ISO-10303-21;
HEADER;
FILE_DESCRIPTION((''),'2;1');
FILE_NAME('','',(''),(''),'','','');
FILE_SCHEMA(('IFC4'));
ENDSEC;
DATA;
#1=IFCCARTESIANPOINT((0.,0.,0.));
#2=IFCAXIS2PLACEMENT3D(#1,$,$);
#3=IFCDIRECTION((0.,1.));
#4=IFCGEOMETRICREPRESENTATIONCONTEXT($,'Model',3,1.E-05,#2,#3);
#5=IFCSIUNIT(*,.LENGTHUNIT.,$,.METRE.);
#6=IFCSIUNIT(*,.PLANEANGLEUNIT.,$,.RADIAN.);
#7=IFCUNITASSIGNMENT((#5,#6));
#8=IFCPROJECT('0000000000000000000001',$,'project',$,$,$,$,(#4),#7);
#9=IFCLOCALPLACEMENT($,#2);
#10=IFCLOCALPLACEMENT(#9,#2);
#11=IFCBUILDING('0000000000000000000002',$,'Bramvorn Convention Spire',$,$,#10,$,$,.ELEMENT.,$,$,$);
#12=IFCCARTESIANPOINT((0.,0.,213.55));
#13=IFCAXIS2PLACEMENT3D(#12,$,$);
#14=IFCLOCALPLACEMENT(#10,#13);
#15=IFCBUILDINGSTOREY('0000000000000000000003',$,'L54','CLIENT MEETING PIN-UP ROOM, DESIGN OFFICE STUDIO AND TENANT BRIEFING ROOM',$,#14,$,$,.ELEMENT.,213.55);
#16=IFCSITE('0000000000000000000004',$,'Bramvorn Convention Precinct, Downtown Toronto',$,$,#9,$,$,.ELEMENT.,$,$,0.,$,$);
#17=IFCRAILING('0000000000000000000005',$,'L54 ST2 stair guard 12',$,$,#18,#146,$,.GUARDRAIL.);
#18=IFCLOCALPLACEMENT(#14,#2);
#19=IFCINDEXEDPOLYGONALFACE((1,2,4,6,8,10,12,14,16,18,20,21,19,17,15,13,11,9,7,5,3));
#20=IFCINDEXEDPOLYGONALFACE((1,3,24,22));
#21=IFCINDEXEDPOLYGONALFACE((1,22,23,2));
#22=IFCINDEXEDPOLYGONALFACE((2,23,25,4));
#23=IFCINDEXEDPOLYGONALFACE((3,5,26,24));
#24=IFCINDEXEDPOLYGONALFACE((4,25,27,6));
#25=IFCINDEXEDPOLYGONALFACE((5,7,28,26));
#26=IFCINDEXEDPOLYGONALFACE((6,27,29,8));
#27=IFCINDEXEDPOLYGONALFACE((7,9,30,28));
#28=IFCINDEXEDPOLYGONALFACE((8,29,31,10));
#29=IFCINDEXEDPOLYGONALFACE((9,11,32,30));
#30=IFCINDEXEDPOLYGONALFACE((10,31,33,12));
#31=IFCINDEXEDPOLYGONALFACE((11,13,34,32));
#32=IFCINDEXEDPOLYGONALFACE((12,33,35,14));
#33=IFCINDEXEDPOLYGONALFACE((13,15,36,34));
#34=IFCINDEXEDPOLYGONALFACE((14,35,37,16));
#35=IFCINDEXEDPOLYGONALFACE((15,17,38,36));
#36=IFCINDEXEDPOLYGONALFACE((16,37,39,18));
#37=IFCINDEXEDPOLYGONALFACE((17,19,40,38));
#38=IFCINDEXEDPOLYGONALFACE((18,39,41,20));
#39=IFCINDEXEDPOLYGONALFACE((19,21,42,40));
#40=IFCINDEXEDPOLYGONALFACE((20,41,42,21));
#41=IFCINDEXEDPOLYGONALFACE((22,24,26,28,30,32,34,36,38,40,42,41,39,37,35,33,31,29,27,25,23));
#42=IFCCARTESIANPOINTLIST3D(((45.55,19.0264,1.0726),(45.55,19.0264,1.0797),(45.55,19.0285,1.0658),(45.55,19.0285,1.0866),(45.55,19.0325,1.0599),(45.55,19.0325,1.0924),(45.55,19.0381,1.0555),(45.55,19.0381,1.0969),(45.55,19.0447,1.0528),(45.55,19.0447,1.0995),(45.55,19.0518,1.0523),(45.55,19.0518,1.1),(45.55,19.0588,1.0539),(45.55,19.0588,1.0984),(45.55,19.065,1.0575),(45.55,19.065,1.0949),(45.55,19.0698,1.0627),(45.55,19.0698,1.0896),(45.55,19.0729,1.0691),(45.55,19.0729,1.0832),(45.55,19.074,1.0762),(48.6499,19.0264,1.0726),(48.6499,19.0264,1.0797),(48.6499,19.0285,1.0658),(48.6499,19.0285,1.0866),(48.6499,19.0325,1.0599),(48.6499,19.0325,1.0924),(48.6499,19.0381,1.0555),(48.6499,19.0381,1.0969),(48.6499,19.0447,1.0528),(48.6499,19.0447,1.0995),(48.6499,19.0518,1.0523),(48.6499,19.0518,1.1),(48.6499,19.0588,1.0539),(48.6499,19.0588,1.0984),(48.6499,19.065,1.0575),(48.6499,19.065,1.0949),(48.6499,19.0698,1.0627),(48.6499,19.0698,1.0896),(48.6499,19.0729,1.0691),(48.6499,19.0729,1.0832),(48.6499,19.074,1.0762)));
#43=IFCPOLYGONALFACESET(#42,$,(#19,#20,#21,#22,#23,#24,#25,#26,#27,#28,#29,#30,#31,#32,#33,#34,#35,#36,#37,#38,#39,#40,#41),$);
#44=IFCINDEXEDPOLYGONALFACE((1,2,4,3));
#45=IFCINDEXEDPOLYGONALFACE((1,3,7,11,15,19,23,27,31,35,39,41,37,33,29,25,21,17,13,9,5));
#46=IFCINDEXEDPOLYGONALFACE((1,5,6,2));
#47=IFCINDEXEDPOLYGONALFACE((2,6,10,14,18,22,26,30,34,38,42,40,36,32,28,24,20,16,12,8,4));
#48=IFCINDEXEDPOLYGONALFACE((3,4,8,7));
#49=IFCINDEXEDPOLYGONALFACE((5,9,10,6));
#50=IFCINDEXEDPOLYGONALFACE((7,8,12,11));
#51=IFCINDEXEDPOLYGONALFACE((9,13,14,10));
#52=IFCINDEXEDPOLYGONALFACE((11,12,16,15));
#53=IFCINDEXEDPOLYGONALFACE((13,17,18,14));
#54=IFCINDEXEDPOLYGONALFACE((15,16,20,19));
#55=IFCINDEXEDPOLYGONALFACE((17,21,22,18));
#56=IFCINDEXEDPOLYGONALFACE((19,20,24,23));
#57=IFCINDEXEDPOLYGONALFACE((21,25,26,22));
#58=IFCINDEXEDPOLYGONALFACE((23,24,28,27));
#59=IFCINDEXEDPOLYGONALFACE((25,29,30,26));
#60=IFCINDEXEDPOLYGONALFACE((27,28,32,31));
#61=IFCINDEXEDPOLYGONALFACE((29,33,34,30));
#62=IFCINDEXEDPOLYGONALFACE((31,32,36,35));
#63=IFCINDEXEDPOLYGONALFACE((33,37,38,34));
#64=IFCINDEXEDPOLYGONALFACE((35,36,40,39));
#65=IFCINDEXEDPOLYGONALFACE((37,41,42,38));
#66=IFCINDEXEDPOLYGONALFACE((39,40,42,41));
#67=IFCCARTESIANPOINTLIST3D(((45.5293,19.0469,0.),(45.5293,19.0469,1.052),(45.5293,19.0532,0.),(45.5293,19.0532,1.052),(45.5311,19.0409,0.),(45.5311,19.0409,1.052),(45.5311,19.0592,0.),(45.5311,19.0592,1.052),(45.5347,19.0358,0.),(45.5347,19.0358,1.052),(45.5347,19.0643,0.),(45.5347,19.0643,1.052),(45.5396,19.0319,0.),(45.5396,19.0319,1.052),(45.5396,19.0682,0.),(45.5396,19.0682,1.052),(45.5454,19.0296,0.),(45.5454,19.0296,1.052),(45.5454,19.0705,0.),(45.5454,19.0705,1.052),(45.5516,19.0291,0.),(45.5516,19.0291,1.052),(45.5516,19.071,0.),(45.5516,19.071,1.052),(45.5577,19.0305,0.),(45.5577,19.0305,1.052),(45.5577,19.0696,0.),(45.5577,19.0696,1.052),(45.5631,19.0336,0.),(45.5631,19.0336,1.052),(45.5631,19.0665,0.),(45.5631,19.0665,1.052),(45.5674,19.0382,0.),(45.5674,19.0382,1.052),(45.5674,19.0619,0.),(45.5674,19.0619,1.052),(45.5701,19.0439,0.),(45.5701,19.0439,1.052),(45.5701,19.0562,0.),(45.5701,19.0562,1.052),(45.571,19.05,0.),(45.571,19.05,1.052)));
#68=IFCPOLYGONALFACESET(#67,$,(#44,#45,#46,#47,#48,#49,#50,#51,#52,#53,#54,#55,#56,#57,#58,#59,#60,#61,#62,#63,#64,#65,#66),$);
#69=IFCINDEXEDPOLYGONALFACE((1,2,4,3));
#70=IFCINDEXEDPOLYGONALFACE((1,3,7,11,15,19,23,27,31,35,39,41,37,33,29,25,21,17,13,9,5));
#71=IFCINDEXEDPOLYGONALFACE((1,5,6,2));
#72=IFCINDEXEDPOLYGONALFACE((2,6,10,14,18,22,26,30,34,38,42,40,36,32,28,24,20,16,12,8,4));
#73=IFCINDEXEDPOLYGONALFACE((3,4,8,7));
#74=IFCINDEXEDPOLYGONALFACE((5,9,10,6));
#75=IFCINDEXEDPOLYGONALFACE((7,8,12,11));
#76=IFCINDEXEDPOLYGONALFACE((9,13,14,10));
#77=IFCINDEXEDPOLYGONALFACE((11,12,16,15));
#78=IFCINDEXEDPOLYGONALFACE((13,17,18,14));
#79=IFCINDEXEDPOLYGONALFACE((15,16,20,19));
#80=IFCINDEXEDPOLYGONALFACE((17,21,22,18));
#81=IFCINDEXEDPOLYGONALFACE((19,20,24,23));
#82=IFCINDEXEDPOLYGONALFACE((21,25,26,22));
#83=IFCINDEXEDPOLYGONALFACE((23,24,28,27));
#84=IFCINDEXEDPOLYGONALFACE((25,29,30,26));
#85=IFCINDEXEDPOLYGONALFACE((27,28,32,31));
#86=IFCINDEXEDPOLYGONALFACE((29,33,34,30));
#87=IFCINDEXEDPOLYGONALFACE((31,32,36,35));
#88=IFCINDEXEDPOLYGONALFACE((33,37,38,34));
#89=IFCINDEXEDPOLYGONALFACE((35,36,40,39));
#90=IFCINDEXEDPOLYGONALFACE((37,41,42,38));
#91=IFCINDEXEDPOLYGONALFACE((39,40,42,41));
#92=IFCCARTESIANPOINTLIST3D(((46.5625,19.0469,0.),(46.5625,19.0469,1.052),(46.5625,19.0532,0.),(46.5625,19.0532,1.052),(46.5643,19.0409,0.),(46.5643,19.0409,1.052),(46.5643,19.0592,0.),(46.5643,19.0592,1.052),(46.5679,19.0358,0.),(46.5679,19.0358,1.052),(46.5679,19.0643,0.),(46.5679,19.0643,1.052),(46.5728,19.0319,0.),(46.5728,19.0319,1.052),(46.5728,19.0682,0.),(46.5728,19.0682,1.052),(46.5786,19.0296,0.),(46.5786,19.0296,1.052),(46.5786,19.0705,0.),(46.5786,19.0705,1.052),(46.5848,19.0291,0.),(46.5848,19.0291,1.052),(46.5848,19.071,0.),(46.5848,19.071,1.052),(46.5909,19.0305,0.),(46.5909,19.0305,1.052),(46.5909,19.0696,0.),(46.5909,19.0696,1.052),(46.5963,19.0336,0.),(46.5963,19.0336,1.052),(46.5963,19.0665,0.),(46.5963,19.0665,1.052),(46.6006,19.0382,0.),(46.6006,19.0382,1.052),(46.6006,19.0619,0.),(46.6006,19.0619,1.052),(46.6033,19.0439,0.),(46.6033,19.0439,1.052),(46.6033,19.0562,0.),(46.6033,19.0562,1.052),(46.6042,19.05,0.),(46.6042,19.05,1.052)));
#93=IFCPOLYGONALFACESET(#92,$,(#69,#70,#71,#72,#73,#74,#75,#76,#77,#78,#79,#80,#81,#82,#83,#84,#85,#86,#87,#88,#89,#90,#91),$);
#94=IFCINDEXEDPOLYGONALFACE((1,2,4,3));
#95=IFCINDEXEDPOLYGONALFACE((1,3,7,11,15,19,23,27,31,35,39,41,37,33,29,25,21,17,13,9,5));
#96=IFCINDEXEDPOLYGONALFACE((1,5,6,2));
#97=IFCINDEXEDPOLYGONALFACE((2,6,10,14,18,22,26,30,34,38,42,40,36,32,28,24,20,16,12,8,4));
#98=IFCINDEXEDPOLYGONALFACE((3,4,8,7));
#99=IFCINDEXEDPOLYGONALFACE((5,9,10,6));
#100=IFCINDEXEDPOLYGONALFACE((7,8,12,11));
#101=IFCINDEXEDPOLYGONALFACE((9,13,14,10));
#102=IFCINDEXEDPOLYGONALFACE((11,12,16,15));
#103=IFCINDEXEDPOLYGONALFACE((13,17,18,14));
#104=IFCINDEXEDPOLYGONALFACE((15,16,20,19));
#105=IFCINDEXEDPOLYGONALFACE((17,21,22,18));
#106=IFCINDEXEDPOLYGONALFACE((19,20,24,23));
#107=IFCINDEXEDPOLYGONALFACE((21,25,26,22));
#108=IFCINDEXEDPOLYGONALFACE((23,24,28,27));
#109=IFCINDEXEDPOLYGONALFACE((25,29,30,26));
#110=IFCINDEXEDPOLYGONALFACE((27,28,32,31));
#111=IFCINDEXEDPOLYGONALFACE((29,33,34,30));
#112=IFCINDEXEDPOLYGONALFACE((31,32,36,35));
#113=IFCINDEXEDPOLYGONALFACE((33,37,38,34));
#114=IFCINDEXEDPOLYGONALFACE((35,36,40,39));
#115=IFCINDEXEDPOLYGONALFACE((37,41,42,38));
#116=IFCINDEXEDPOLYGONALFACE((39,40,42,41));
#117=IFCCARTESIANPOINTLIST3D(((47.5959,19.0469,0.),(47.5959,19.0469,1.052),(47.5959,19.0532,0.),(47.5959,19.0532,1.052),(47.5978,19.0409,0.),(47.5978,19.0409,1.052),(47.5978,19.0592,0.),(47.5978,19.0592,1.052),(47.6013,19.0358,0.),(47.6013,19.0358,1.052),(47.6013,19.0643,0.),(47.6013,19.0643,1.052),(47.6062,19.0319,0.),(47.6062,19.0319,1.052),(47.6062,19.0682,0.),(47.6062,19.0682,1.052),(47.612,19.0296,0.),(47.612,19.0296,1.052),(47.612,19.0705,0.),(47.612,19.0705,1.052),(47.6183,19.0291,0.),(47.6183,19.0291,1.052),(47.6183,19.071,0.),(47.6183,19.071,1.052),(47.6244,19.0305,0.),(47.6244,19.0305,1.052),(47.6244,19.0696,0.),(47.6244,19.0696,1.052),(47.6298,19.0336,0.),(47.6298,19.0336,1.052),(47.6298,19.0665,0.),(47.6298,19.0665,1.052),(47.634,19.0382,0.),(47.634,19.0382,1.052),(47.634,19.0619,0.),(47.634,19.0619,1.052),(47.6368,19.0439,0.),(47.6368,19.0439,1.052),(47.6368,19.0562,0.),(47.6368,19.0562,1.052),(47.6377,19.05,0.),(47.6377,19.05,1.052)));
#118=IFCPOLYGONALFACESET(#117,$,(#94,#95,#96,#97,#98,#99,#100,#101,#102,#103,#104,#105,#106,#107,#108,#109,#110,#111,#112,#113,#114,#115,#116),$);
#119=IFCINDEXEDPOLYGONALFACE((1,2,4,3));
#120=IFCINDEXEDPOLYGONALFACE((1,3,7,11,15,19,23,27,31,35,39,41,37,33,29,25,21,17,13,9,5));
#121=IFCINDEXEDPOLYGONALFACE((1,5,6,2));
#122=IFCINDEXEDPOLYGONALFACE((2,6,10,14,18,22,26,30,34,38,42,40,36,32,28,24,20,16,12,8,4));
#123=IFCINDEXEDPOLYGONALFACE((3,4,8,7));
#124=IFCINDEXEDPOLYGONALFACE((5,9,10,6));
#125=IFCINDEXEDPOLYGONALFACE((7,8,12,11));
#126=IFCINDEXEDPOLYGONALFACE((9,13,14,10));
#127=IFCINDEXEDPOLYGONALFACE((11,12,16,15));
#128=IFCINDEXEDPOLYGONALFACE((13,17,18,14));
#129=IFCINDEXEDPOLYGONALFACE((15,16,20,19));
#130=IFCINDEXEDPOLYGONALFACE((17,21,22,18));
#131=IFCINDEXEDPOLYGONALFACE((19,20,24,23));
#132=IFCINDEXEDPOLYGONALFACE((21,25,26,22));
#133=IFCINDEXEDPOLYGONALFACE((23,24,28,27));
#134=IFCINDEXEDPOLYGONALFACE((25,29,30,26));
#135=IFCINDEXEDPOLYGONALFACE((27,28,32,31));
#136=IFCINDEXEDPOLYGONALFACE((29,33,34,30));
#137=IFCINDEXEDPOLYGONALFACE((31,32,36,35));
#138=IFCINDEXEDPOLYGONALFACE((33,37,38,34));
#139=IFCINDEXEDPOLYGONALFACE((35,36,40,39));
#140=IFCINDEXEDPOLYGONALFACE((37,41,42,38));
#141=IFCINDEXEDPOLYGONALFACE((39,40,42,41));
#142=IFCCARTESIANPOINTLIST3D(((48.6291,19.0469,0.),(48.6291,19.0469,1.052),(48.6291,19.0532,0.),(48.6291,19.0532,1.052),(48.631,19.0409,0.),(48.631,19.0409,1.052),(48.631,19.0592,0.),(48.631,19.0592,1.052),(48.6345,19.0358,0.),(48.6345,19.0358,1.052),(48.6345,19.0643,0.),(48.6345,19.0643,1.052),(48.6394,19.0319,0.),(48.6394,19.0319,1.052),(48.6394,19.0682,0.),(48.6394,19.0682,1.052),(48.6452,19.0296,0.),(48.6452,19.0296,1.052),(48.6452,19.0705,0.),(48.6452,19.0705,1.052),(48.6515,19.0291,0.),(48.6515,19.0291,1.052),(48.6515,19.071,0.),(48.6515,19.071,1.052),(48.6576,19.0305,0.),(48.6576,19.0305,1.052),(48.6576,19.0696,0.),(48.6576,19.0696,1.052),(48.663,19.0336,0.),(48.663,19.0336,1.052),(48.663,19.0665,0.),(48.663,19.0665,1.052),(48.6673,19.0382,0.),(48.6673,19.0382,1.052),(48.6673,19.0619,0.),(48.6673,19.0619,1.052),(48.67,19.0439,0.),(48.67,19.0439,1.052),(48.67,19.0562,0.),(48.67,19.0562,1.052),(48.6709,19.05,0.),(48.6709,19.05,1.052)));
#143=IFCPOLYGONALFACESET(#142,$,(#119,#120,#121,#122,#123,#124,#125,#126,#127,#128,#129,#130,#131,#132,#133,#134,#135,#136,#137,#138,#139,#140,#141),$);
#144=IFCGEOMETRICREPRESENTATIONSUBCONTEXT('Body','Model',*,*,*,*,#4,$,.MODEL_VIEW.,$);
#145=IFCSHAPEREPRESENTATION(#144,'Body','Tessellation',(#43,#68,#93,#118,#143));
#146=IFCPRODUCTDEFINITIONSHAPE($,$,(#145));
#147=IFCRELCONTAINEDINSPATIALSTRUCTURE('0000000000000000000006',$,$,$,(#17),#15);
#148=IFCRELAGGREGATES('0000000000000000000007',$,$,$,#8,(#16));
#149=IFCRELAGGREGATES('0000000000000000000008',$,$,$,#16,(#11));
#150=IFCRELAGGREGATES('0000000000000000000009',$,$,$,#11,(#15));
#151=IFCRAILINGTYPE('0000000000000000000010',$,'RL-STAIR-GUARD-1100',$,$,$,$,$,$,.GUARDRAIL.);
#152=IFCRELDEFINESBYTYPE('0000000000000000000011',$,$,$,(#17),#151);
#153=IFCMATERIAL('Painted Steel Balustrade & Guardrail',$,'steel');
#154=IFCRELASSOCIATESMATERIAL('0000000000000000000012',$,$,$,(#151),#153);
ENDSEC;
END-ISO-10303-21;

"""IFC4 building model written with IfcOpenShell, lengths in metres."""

from ifc_helpers import new_model, si_unit, direction, frame, origin, origin_2d, place, context, subcontext, project, spatial, circle, extrude, material, type_object, element, save


model = new_model("IFC4")

# Units and contexts
model_context = context("Model", 3, precision=1e-05, world=origin(), true_north=direction((0.0, 1.0)))
body_context = subcontext(model_context, "Body", "Model", "MODEL_VIEW")
ifc_project = project(units=[si_unit("LENGTHUNIT", "METRE"), si_unit("PLANEANGLEUNIT", "RADIAN")], contexts=[model_context])

# Site, building, storey
site_placement = place(None, origin())
site = spatial("IfcSite", under=ifc_project, at=site_placement, Name="Bramvorn Convention Precinct, Downtown Toronto", CompositionType="ELEMENT", RefElevation=0.0)
building_placement = place(site_placement, origin())
building = spatial("IfcBuilding", under=site, at=building_placement, Name="Bramvorn Convention Spire", CompositionType="ELEMENT")
storey_placement = place(building_placement, frame((0.0, 0.0, 213.55)))
storey = spatial("IfcBuildingStorey", under=building, at=storey_placement, Name="L54", Description="CLIENT MEETING PIN-UP ROOM, DESIGN OFFICE STUDIO AND TENANT BRIEFING ROOM", CompositionType="ELEMENT", Elevation=213.55)

# Railing
ifc_material_1 = material(Name="Painted Steel Balustrade & Guardrail", Category="steel")
railing_type = type_object("IfcRailingType", Name="RL-STAIR-GUARD-1100", PredefinedType="GUARDRAIL", material=ifc_material_1)
railing_1_placement = place(storey_placement, frame((45.55, 19.05, 0.0)))
element("IfcRailing", 1, at=railing_1_placement, inside=storey, type_object=railing_type, Name="L54 ST2 stair guard 12", PredefinedType="GUARDRAIL", context=body_context, shape_type="SweptSolid", body=[
    extrude(circle(Radius=0.0239, at=origin_2d()), frame((0.0, 0.0, 1.0762), z_axis=(1.0, 0.0, 0.0), x_axis=(0.0, 1.0, 0.0)), (0.0, 0.0, 1.0), 3.0999),
    extrude(circle(Radius=0.021, at=origin_2d()), origin(), (0.0, 0.0, 1.0), 1.052),
    extrude(circle(Radius=0.021, at=origin_2d()), frame((1.0332, 0.0, 0.0)), (0.0, 0.0, 1.0), 1.052),
    extrude(circle(Radius=0.021, at=origin_2d()), frame((2.0667, 0.0, 0.0)), (0.0, 0.0, 1.0), 1.052),
    extrude(circle(Radius=0.021, at=origin_2d()), frame((3.0999, 0.0, 0.0)), (0.0, 0.0, 1.0), 1.052),
])

save(model, "model.ifc")
